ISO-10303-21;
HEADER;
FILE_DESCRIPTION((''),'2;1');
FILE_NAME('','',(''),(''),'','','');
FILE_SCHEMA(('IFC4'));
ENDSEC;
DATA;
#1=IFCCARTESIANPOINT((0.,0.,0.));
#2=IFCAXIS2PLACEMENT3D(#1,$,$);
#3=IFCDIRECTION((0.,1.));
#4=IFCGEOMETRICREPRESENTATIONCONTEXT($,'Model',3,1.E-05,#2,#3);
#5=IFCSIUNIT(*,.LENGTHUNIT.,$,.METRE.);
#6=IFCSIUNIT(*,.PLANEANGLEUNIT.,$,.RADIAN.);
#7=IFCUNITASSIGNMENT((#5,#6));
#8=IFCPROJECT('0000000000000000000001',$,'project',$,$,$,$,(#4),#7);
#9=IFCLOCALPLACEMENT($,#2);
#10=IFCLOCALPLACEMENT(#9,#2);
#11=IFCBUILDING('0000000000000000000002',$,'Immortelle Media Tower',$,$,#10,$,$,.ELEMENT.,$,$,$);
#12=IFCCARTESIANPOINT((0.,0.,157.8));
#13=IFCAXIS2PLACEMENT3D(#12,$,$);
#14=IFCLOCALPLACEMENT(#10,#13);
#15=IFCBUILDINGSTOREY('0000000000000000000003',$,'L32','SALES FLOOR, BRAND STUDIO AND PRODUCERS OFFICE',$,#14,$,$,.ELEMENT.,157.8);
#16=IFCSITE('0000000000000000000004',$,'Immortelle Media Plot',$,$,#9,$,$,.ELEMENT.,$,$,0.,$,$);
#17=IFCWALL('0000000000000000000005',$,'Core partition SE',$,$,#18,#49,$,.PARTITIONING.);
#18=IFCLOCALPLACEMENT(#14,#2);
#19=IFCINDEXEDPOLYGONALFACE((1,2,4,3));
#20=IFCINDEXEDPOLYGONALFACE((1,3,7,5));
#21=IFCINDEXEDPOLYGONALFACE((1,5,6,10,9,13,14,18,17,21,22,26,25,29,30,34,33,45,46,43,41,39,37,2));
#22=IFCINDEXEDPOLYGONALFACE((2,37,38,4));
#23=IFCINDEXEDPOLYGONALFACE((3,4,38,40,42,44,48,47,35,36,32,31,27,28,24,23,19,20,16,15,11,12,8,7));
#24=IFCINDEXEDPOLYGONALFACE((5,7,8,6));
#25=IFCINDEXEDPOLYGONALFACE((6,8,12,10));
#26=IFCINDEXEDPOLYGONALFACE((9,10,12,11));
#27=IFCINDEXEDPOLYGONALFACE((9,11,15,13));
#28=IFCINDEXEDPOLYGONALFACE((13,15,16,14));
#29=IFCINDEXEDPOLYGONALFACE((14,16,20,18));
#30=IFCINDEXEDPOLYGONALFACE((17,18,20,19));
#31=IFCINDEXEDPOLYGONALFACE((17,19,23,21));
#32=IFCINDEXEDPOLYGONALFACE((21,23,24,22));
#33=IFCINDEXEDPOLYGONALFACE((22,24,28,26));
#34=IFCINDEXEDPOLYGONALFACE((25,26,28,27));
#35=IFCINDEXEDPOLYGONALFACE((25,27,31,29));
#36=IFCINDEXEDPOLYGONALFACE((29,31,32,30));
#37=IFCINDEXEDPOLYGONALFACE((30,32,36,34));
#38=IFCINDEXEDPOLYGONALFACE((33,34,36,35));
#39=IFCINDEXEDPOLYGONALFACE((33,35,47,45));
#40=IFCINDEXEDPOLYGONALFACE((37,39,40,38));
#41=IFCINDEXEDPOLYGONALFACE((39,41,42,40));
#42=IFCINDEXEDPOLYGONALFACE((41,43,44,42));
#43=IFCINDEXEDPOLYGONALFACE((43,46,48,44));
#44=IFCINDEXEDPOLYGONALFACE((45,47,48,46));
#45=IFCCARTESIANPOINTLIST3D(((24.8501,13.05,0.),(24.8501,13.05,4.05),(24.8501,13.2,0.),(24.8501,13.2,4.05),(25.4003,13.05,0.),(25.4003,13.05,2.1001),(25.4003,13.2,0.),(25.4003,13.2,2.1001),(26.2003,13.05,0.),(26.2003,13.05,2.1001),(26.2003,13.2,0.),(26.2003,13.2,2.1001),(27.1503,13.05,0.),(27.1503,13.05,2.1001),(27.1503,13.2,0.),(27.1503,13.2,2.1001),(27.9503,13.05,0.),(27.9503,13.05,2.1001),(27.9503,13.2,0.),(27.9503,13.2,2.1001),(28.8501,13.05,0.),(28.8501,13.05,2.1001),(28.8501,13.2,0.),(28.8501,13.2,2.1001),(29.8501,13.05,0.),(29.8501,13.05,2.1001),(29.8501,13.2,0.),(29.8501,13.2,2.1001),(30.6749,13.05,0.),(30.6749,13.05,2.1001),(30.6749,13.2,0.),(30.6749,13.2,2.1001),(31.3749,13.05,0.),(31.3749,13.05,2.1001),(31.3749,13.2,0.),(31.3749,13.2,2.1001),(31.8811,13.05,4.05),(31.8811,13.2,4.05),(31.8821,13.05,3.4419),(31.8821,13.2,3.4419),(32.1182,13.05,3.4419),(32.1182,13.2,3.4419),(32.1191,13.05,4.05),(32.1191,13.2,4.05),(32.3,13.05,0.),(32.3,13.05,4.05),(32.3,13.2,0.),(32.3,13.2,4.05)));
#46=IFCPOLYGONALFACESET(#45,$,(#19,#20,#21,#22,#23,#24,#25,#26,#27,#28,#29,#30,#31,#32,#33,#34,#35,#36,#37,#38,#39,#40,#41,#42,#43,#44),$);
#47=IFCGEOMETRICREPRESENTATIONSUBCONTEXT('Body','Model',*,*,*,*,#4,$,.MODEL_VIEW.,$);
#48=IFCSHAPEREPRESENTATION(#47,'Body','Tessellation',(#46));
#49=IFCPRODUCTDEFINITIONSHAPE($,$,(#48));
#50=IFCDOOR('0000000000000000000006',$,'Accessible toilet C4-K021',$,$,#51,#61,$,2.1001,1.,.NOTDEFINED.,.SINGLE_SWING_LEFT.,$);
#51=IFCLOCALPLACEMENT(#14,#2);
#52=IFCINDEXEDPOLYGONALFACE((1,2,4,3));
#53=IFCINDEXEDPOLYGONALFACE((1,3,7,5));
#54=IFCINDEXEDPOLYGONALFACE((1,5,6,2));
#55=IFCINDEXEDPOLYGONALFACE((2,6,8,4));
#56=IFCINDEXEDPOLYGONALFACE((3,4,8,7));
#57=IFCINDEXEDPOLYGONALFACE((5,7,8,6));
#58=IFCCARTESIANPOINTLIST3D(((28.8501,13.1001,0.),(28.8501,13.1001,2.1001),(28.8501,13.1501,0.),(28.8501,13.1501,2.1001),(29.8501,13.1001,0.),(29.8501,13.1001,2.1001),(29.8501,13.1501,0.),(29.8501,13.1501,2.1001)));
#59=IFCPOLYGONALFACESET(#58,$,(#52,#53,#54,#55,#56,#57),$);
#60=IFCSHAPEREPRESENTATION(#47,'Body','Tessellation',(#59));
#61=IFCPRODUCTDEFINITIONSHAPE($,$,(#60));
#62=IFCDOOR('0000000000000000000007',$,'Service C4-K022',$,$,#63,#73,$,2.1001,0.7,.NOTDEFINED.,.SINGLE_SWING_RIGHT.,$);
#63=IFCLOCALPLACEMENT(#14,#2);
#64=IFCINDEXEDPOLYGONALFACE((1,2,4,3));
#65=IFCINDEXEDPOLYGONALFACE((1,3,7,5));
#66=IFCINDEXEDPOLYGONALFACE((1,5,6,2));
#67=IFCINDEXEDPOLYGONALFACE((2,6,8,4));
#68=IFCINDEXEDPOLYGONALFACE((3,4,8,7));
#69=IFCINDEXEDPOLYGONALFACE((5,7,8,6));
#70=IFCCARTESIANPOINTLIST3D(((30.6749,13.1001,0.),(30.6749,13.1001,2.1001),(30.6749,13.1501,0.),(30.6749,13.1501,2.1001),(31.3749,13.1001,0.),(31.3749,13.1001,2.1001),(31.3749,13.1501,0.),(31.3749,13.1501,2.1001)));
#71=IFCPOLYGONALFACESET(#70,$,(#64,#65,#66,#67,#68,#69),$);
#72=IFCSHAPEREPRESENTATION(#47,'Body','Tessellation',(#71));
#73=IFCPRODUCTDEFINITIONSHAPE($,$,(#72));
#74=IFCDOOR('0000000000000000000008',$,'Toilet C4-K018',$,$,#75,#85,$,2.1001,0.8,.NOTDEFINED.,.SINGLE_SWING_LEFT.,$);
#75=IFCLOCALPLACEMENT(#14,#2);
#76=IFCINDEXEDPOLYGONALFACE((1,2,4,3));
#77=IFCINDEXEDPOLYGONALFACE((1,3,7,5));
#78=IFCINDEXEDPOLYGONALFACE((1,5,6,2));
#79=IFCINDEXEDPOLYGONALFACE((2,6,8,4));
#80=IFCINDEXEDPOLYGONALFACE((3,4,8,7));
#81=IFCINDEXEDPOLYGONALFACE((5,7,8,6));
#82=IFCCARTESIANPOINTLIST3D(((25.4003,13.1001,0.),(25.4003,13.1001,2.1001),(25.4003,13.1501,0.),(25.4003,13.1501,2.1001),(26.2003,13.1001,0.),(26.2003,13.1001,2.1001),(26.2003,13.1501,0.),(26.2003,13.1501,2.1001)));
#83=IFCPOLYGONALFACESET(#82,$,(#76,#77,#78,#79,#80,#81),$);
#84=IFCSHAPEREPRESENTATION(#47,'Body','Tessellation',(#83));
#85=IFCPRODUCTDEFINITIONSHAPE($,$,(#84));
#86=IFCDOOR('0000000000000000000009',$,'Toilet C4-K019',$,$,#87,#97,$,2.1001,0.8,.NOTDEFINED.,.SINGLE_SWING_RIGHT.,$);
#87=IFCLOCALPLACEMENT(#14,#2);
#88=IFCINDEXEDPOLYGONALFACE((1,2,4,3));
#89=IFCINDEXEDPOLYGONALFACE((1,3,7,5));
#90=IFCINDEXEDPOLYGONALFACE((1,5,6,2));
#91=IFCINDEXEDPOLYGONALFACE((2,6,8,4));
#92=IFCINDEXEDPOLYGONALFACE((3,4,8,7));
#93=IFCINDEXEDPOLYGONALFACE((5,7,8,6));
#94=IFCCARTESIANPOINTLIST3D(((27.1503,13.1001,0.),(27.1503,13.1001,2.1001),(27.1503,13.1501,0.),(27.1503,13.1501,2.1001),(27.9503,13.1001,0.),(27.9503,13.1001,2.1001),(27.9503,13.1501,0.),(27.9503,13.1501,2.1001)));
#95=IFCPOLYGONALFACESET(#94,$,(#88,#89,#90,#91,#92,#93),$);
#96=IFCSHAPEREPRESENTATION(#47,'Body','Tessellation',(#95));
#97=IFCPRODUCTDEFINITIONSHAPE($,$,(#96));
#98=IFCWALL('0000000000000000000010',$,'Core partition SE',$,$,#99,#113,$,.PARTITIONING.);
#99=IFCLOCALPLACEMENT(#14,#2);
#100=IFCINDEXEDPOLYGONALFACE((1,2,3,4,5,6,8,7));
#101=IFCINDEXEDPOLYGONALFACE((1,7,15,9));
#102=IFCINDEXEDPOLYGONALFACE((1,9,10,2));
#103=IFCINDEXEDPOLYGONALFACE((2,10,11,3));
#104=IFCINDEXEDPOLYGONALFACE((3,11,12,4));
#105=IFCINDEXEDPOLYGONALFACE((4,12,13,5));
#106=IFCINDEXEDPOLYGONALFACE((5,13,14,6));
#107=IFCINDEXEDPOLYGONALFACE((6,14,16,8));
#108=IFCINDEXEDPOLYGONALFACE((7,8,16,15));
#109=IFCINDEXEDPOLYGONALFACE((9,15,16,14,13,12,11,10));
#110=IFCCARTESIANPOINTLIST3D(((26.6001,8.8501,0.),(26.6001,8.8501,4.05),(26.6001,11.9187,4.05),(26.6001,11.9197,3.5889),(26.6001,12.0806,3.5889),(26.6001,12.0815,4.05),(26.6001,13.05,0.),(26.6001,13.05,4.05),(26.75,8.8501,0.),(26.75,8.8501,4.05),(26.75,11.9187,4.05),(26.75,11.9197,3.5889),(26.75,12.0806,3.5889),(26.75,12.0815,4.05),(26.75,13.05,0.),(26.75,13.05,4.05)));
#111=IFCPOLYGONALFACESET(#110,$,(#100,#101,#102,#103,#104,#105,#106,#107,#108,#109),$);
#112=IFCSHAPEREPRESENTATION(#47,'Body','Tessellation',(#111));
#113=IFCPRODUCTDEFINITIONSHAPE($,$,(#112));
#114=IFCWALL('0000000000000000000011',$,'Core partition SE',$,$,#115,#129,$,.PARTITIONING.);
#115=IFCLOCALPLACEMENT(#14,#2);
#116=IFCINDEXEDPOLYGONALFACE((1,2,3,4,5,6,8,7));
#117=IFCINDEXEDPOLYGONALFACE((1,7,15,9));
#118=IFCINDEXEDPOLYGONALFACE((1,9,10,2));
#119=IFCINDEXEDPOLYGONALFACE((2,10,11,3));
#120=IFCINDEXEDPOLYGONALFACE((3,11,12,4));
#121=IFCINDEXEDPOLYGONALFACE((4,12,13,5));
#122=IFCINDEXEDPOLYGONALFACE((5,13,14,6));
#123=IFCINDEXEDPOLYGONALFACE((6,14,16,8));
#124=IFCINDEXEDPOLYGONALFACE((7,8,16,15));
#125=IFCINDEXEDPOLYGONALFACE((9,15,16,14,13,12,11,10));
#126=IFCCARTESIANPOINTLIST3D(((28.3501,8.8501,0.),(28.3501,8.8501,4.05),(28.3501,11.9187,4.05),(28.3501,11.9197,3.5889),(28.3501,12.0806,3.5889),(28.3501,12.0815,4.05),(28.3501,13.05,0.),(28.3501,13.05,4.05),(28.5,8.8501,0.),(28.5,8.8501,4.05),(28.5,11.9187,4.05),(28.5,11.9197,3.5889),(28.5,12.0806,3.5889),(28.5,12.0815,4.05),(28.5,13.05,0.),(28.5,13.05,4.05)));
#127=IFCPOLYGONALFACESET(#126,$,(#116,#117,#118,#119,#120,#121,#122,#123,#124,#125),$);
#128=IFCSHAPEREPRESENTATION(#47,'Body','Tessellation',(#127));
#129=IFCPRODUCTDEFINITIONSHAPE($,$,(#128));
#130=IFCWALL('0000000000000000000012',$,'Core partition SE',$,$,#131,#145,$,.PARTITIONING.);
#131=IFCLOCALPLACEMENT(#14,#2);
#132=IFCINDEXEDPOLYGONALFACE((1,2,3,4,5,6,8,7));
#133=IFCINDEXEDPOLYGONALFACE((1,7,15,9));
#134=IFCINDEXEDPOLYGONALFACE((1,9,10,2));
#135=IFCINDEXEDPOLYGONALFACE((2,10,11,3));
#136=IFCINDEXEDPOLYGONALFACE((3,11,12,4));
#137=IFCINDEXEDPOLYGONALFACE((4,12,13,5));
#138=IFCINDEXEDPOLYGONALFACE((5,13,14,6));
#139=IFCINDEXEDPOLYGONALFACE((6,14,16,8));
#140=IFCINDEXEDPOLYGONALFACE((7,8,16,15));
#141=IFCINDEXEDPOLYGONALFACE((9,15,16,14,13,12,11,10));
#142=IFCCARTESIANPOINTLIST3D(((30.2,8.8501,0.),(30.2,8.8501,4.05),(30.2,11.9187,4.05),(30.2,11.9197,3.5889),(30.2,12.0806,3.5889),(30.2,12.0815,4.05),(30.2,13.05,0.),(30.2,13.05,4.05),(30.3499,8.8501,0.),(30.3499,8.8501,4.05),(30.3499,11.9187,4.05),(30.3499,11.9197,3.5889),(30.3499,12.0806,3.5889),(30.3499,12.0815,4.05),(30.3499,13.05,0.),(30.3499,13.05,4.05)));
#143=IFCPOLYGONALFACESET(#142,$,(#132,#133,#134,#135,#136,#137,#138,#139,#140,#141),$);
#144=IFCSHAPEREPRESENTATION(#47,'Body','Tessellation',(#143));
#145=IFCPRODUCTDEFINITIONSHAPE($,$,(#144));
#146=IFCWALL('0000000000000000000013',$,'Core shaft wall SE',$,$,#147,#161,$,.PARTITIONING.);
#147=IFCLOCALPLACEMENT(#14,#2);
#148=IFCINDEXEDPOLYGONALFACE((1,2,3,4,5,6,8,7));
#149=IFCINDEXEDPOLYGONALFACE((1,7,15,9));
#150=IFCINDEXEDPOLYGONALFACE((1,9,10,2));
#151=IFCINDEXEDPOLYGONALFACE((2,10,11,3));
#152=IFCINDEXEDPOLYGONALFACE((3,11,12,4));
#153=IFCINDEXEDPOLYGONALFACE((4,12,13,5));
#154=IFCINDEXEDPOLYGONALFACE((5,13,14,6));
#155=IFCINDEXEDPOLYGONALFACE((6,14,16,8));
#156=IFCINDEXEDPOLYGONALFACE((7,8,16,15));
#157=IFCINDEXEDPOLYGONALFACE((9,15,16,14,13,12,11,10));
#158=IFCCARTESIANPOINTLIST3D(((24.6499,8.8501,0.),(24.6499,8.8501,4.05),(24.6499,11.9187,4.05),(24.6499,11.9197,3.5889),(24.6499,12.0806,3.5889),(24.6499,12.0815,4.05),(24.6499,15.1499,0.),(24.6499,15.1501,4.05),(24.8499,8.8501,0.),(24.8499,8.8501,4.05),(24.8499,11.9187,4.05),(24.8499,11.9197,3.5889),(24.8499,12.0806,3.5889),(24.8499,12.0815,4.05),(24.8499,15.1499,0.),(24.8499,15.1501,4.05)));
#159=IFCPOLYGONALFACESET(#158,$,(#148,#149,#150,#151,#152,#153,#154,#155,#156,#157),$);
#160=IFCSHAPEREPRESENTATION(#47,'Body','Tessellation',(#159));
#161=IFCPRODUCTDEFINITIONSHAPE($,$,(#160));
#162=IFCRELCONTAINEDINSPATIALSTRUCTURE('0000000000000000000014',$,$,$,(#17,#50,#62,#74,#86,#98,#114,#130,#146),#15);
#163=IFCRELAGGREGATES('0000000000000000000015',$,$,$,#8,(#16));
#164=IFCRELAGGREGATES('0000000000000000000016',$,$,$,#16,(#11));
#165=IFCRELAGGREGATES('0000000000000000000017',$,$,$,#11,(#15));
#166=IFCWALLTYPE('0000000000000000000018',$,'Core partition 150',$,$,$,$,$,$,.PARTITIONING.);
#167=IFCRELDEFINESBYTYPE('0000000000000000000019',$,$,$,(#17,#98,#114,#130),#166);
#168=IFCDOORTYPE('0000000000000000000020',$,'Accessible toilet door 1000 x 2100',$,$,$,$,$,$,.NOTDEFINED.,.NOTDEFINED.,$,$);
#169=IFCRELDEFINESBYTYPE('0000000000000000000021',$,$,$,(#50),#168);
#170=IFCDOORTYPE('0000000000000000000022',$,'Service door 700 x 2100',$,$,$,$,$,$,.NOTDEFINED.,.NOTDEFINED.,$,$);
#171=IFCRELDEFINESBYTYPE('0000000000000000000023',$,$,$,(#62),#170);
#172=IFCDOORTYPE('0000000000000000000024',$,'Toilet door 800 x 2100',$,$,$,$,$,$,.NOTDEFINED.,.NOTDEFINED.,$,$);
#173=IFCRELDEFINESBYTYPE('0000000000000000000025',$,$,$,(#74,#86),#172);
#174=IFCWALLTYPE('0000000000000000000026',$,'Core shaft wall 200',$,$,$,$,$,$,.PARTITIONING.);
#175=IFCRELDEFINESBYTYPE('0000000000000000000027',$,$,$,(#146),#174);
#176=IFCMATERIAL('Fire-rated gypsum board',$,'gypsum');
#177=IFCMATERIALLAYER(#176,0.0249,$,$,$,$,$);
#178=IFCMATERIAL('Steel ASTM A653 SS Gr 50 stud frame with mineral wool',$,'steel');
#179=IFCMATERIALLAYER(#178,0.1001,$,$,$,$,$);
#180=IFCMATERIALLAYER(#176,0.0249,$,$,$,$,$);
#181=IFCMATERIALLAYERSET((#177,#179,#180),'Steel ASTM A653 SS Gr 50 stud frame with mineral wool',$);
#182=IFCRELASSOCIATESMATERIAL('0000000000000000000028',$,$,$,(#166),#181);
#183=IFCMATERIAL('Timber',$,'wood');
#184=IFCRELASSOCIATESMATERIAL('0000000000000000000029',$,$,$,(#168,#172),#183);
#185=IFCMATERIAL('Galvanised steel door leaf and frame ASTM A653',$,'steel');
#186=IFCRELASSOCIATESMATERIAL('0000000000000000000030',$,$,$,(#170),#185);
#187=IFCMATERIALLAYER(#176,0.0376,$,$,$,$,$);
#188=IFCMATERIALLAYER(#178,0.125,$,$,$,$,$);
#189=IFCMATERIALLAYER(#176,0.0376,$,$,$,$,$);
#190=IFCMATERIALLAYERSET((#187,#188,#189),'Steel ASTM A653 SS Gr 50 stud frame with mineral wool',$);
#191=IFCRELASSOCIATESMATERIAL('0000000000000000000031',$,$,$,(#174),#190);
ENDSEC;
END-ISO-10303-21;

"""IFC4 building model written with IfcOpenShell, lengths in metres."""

from ifc_helpers import new_model, si_unit, direction, frame, frame_2d, origin, place, context, subcontext, project, spatial, polyline, rectangle, outline, extrude, material, layer, layer_set, type_object, element, fill, save


model = new_model("IFC4")

# Units and contexts
model_context = context("Model", 3, precision=1e-05, world=origin(), true_north=direction((0.0, 1.0)))
body_context = subcontext(model_context, "Body", "Model", "MODEL_VIEW")
ifc_project = project(units=[si_unit("LENGTHUNIT", "METRE"), si_unit("PLANEANGLEUNIT", "RADIAN")], contexts=[model_context])

# Site, building, storey
site_placement = place(None, origin())
site = spatial("IfcSite", under=ifc_project, at=site_placement, Name="Immortelle Media Plot", CompositionType="ELEMENT", RefElevation=0.0)
building_placement = place(site_placement, origin())
building = spatial("IfcBuilding", under=site, at=building_placement, Name="Immortelle Media Tower", CompositionType="ELEMENT")
storey_placement = place(building_placement, frame((0.0, 0.0, 157.8)))
storey = spatial("IfcBuildingStorey", under=building, at=storey_placement, Name="L32", Description="SALES FLOOR, BRAND STUDIO AND PRODUCERS OFFICE", CompositionType="ELEMENT", Elevation=157.8)

# Wall, openings, doors
ifc_material_1 = material(Name="Fire-rated gypsum board", Category="gypsum")
ifc_layer_1 = layer(ifc_material_1, 0.0249)
ifc_material_2 = material(Name="Steel ASTM A653 SS Gr 50 stud frame with mineral wool", Category="steel")
ifc_layer_2 = layer(ifc_material_2, 0.1001)
ifc_layer_3 = layer(ifc_material_1, 0.0249)
ifc_layer_set_1 = layer_set([ifc_layer_1, ifc_layer_2, ifc_layer_3], Name="Steel ASTM A653 SS Gr 50 stud frame with mineral wool")
wall_type_1 = type_object("IfcWallType", Name="Core partition 150", PredefinedType="PARTITIONING", material=ifc_layer_set_1)
wall_1_placement = place(storey_placement, frame((24.8501, 13.125, 0.0), z_axis=(0.0, 0.0, 1.0), x_axis=(1.0, 0.0, 0.0)))
wall_1 = element("IfcWall", 1, at=wall_1_placement, inside=storey, type_object=wall_type_1, Name="Core partition SE", PredefinedType="PARTITIONING", context=body_context, shape_type="SweptSolid", body=[
    extrude(outline(polyline([(0.0, 0.0), (7.45, 0.0), (7.45, 4.05), (7.269, 4.05), (7.2681, 3.4419), (7.032, 3.4419), (7.031, 4.05), (0.0, 4.05), (0.0, 0.0)])), frame((0.0, 0.075, 0.0), z_axis=(0.0, -1.0, 0.0), x_axis=(1.0, 0.0, 0.0)), (0.0, 0.0, 1.0), 0.1499),
])
opening_1_placement = place(wall_1_placement, frame((1.3501, 0.0, 0.0), z_axis=(0.0, 0.0, 1.0), x_axis=(-1.0, 0.0, 0.0)))
opening_1 = element("IfcOpeningElement", 2, at=opening_1_placement, cuts=wall_1, PredefinedType="OPENING", context=body_context, shape_type="SweptSolid", body=[
    extrude(rectangle(XDim=0.8, YDim=2.1001, at=frame_2d((0.3999, 1.05))), frame((0.0, 0.085, 0.0), z_axis=(0.0, -1.0, 0.0), x_axis=(1.0, 0.0, 0.0)), (0.0, 0.0, 1.0), 0.1699),
])
opening_2_placement = place(wall_1_placement, frame((3.1001, 0.0, 0.0), z_axis=(0.0, 0.0, 1.0), x_axis=(-1.0, 0.0, 0.0)))
opening_2 = element("IfcOpeningElement", 3, at=opening_2_placement, cuts=wall_1, PredefinedType="OPENING", context=body_context, shape_type="SweptSolid", body=[
    extrude(rectangle(XDim=0.8, YDim=2.1001, at=frame_2d((0.3999, 1.05))), frame((0.0, 0.085, 0.0), z_axis=(0.0, -1.0, 0.0), x_axis=(1.0, 0.0, 0.0)), (0.0, 0.0, 1.0), 0.1699),
])
opening_3_placement = place(wall_1_placement, frame((5.0, 0.0, 0.0), z_axis=(0.0, 0.0, 1.0), x_axis=(-1.0, 0.0, 0.0)))
opening_3 = element("IfcOpeningElement", 4, at=opening_3_placement, cuts=wall_1, PredefinedType="OPENING", context=body_context, shape_type="SweptSolid", body=[
    extrude(rectangle(XDim=1.0, YDim=2.1001, at=frame_2d((0.5, 1.05))), frame((0.0, 0.085, 0.0), z_axis=(0.0, -1.0, 0.0), x_axis=(1.0, 0.0, 0.0)), (0.0, 0.0, 1.0), 0.1699),
])
opening_4_placement = place(wall_1_placement, frame((6.5249, 0.0, 0.0), z_axis=(0.0, 0.0, 1.0), x_axis=(-1.0, 0.0, 0.0)))
opening_4 = element("IfcOpeningElement", 5, at=opening_4_placement, cuts=wall_1, PredefinedType="OPENING", context=body_context, shape_type="SweptSolid", body=[
    extrude(rectangle(XDim=0.7, YDim=2.1001, at=frame_2d((0.3501, 1.05))), frame((0.0, 0.085, 0.0), z_axis=(0.0, -1.0, 0.0), x_axis=(1.0, 0.0, 0.0)), (0.0, 0.0, 1.0), 0.1699),
])
ifc_material_3 = material(Name="Timber", Category="wood")
door_type_1 = type_object("IfcDoorType", Name="Accessible toilet door 1000 x 2100", OperationType="NOTDEFINED", PredefinedType="NOTDEFINED", material=ifc_material_3)
door_1_placement = place(opening_3_placement, origin())
door_1 = element("IfcDoor", 6, at=door_1_placement, inside=storey, type_object=door_type_1, Name="Accessible toilet C4-K021", OperationType="SINGLE_SWING_LEFT", OverallHeight=2.1001, OverallWidth=1.0, PredefinedType="NOTDEFINED", context=body_context, shape_type="SweptSolid", body=[
    extrude(rectangle(XDim=1.0, YDim=2.1001, at=frame_2d((0.5, 1.05))), frame((0.0, 0.0249, 0.0), z_axis=(0.0, -1.0, 0.0), x_axis=(1.0, 0.0, 0.0)), (0.0, 0.0, 1.0), 0.05),
])
fill(opening_3, door_1)
ifc_material_4 = material(Name="Galvanised steel door leaf and frame ASTM A653", Category="steel")
door_type_2 = type_object("IfcDoorType", Name="Service door 700 x 2100", OperationType="NOTDEFINED", PredefinedType="NOTDEFINED", material=ifc_material_4)
door_2_placement = place(opening_4_placement, origin())
door_2 = element("IfcDoor", 7, at=door_2_placement, inside=storey, type_object=door_type_2, Name="Service C4-K022", OperationType="SINGLE_SWING_RIGHT", OverallHeight=2.1001, OverallWidth=0.7, PredefinedType="NOTDEFINED", context=body_context, shape_type="SweptSolid", body=[
    extrude(rectangle(XDim=0.7, YDim=2.1001, at=frame_2d((0.3501, 1.05))), frame((0.0, 0.0249, 0.0), z_axis=(0.0, -1.0, 0.0), x_axis=(1.0, 0.0, 0.0)), (0.0, 0.0, 1.0), 0.05),
])
fill(opening_4, door_2)
door_type_3 = type_object("IfcDoorType", Name="Toilet door 800 x 2100", OperationType="NOTDEFINED", PredefinedType="NOTDEFINED", material=ifc_material_3)
door_3_placement = place(opening_1_placement, origin())
door_3 = element("IfcDoor", 8, at=door_3_placement, inside=storey, type_object=door_type_3, Name="Toilet C4-K018", OperationType="SINGLE_SWING_LEFT", OverallHeight=2.1001, OverallWidth=0.8, PredefinedType="NOTDEFINED", context=body_context, shape_type="SweptSolid", body=[
    extrude(rectangle(XDim=0.8, YDim=2.1001, at=frame_2d((0.3999, 1.05))), frame((0.0, 0.0249, 0.0), z_axis=(0.0, -1.0, 0.0), x_axis=(1.0, 0.0, 0.0)), (0.0, 0.0, 1.0), 0.05),
])
fill(opening_1, door_3)
door_4_placement = place(opening_2_placement, origin())
door_4 = element("IfcDoor", 9, at=door_4_placement, inside=storey, type_object=door_type_3, Name="Toilet C4-K019", OperationType="SINGLE_SWING_RIGHT", OverallHeight=2.1001, OverallWidth=0.8, PredefinedType="NOTDEFINED", context=body_context, shape_type="SweptSolid", body=[
    extrude(rectangle(XDim=0.8, YDim=2.1001, at=frame_2d((0.3999, 1.05))), frame((0.0, 0.0249, 0.0), z_axis=(0.0, -1.0, 0.0), x_axis=(1.0, 0.0, 0.0)), (0.0, 0.0, 1.0), 0.05),
])
fill(opening_2, door_4)

# Walls
for number, where, z_axis, x_axis, name in (
    (10, (26.675, 8.8501, 0.0), (0.0, 0.0, 1.0), (0.0, 1.0, 0.0), "Core partition SE"),
    (11, (28.425, 8.8501, 0.0), (0.0, 0.0, 1.0), (0.0, 1.0, 0.0), "Core partition SE"),
    (12, (30.2749, 8.8501, 0.0), (0.0, 0.0, 1.0), (0.0, 1.0, 0.0), "Core partition SE"),
):
    element("IfcWall", number, at=place(storey_placement, frame(where, z_axis=z_axis, x_axis=x_axis)), inside=storey, type_object=wall_type_1, Name=name, PredefinedType="PARTITIONING", context=body_context, shape_type="SweptSolid", body=[
        extrude(outline(polyline([(0.0, 0.0), (4.2, 0.0), (4.2, 4.05), (3.2314, 4.05), (3.2305, 3.5889), (3.0696, 3.5889), (3.0686, 4.05), (0.0, 4.05), (0.0, 0.0)])), frame((0.0, 0.075, 0.0), z_axis=(0.0, -1.0, 0.0), x_axis=(1.0, 0.0, 0.0)), (0.0, 0.0, 1.0), 0.1499),
    ])
ifc_layer_4 = layer(ifc_material_1, 0.0376)
ifc_layer_5 = layer(ifc_material_2, 0.125)
ifc_layer_6 = layer(ifc_material_1, 0.0376)
ifc_layer_set_2 = layer_set([ifc_layer_4, ifc_layer_5, ifc_layer_6], Name="Steel ASTM A653 SS Gr 50 stud frame with mineral wool")
wall_type_2 = type_object("IfcWallType", Name="Core shaft wall 200", PredefinedType="PARTITIONING", material=ifc_layer_set_2)
wall_2_placement = place(storey_placement, frame((24.75, 8.8501, 0.0), z_axis=(0.0, 0.0, 1.0), x_axis=(0.0, 1.0, 0.0)))
element("IfcWall", 13, at=wall_2_placement, inside=storey, type_object=wall_type_2, Name="Core shaft wall SE", PredefinedType="PARTITIONING", context=body_context, shape_type="SweptSolid", body=[
    extrude(outline(polyline([(0.0, 0.0), (6.2998, 0.0), (6.3, 4.05), (3.2314, 4.05), (3.2305, 3.5889), (3.0696, 3.5889), (3.0686, 4.05), (0.0, 4.05), (0.0, 0.0)])), frame((0.0, 0.1001, 0.0), z_axis=(0.0, -1.0, 0.0), x_axis=(1.0, 0.0, 0.0)), (0.0, 0.0, 1.0), 0.2),
])

save(model, "model.ifc")
